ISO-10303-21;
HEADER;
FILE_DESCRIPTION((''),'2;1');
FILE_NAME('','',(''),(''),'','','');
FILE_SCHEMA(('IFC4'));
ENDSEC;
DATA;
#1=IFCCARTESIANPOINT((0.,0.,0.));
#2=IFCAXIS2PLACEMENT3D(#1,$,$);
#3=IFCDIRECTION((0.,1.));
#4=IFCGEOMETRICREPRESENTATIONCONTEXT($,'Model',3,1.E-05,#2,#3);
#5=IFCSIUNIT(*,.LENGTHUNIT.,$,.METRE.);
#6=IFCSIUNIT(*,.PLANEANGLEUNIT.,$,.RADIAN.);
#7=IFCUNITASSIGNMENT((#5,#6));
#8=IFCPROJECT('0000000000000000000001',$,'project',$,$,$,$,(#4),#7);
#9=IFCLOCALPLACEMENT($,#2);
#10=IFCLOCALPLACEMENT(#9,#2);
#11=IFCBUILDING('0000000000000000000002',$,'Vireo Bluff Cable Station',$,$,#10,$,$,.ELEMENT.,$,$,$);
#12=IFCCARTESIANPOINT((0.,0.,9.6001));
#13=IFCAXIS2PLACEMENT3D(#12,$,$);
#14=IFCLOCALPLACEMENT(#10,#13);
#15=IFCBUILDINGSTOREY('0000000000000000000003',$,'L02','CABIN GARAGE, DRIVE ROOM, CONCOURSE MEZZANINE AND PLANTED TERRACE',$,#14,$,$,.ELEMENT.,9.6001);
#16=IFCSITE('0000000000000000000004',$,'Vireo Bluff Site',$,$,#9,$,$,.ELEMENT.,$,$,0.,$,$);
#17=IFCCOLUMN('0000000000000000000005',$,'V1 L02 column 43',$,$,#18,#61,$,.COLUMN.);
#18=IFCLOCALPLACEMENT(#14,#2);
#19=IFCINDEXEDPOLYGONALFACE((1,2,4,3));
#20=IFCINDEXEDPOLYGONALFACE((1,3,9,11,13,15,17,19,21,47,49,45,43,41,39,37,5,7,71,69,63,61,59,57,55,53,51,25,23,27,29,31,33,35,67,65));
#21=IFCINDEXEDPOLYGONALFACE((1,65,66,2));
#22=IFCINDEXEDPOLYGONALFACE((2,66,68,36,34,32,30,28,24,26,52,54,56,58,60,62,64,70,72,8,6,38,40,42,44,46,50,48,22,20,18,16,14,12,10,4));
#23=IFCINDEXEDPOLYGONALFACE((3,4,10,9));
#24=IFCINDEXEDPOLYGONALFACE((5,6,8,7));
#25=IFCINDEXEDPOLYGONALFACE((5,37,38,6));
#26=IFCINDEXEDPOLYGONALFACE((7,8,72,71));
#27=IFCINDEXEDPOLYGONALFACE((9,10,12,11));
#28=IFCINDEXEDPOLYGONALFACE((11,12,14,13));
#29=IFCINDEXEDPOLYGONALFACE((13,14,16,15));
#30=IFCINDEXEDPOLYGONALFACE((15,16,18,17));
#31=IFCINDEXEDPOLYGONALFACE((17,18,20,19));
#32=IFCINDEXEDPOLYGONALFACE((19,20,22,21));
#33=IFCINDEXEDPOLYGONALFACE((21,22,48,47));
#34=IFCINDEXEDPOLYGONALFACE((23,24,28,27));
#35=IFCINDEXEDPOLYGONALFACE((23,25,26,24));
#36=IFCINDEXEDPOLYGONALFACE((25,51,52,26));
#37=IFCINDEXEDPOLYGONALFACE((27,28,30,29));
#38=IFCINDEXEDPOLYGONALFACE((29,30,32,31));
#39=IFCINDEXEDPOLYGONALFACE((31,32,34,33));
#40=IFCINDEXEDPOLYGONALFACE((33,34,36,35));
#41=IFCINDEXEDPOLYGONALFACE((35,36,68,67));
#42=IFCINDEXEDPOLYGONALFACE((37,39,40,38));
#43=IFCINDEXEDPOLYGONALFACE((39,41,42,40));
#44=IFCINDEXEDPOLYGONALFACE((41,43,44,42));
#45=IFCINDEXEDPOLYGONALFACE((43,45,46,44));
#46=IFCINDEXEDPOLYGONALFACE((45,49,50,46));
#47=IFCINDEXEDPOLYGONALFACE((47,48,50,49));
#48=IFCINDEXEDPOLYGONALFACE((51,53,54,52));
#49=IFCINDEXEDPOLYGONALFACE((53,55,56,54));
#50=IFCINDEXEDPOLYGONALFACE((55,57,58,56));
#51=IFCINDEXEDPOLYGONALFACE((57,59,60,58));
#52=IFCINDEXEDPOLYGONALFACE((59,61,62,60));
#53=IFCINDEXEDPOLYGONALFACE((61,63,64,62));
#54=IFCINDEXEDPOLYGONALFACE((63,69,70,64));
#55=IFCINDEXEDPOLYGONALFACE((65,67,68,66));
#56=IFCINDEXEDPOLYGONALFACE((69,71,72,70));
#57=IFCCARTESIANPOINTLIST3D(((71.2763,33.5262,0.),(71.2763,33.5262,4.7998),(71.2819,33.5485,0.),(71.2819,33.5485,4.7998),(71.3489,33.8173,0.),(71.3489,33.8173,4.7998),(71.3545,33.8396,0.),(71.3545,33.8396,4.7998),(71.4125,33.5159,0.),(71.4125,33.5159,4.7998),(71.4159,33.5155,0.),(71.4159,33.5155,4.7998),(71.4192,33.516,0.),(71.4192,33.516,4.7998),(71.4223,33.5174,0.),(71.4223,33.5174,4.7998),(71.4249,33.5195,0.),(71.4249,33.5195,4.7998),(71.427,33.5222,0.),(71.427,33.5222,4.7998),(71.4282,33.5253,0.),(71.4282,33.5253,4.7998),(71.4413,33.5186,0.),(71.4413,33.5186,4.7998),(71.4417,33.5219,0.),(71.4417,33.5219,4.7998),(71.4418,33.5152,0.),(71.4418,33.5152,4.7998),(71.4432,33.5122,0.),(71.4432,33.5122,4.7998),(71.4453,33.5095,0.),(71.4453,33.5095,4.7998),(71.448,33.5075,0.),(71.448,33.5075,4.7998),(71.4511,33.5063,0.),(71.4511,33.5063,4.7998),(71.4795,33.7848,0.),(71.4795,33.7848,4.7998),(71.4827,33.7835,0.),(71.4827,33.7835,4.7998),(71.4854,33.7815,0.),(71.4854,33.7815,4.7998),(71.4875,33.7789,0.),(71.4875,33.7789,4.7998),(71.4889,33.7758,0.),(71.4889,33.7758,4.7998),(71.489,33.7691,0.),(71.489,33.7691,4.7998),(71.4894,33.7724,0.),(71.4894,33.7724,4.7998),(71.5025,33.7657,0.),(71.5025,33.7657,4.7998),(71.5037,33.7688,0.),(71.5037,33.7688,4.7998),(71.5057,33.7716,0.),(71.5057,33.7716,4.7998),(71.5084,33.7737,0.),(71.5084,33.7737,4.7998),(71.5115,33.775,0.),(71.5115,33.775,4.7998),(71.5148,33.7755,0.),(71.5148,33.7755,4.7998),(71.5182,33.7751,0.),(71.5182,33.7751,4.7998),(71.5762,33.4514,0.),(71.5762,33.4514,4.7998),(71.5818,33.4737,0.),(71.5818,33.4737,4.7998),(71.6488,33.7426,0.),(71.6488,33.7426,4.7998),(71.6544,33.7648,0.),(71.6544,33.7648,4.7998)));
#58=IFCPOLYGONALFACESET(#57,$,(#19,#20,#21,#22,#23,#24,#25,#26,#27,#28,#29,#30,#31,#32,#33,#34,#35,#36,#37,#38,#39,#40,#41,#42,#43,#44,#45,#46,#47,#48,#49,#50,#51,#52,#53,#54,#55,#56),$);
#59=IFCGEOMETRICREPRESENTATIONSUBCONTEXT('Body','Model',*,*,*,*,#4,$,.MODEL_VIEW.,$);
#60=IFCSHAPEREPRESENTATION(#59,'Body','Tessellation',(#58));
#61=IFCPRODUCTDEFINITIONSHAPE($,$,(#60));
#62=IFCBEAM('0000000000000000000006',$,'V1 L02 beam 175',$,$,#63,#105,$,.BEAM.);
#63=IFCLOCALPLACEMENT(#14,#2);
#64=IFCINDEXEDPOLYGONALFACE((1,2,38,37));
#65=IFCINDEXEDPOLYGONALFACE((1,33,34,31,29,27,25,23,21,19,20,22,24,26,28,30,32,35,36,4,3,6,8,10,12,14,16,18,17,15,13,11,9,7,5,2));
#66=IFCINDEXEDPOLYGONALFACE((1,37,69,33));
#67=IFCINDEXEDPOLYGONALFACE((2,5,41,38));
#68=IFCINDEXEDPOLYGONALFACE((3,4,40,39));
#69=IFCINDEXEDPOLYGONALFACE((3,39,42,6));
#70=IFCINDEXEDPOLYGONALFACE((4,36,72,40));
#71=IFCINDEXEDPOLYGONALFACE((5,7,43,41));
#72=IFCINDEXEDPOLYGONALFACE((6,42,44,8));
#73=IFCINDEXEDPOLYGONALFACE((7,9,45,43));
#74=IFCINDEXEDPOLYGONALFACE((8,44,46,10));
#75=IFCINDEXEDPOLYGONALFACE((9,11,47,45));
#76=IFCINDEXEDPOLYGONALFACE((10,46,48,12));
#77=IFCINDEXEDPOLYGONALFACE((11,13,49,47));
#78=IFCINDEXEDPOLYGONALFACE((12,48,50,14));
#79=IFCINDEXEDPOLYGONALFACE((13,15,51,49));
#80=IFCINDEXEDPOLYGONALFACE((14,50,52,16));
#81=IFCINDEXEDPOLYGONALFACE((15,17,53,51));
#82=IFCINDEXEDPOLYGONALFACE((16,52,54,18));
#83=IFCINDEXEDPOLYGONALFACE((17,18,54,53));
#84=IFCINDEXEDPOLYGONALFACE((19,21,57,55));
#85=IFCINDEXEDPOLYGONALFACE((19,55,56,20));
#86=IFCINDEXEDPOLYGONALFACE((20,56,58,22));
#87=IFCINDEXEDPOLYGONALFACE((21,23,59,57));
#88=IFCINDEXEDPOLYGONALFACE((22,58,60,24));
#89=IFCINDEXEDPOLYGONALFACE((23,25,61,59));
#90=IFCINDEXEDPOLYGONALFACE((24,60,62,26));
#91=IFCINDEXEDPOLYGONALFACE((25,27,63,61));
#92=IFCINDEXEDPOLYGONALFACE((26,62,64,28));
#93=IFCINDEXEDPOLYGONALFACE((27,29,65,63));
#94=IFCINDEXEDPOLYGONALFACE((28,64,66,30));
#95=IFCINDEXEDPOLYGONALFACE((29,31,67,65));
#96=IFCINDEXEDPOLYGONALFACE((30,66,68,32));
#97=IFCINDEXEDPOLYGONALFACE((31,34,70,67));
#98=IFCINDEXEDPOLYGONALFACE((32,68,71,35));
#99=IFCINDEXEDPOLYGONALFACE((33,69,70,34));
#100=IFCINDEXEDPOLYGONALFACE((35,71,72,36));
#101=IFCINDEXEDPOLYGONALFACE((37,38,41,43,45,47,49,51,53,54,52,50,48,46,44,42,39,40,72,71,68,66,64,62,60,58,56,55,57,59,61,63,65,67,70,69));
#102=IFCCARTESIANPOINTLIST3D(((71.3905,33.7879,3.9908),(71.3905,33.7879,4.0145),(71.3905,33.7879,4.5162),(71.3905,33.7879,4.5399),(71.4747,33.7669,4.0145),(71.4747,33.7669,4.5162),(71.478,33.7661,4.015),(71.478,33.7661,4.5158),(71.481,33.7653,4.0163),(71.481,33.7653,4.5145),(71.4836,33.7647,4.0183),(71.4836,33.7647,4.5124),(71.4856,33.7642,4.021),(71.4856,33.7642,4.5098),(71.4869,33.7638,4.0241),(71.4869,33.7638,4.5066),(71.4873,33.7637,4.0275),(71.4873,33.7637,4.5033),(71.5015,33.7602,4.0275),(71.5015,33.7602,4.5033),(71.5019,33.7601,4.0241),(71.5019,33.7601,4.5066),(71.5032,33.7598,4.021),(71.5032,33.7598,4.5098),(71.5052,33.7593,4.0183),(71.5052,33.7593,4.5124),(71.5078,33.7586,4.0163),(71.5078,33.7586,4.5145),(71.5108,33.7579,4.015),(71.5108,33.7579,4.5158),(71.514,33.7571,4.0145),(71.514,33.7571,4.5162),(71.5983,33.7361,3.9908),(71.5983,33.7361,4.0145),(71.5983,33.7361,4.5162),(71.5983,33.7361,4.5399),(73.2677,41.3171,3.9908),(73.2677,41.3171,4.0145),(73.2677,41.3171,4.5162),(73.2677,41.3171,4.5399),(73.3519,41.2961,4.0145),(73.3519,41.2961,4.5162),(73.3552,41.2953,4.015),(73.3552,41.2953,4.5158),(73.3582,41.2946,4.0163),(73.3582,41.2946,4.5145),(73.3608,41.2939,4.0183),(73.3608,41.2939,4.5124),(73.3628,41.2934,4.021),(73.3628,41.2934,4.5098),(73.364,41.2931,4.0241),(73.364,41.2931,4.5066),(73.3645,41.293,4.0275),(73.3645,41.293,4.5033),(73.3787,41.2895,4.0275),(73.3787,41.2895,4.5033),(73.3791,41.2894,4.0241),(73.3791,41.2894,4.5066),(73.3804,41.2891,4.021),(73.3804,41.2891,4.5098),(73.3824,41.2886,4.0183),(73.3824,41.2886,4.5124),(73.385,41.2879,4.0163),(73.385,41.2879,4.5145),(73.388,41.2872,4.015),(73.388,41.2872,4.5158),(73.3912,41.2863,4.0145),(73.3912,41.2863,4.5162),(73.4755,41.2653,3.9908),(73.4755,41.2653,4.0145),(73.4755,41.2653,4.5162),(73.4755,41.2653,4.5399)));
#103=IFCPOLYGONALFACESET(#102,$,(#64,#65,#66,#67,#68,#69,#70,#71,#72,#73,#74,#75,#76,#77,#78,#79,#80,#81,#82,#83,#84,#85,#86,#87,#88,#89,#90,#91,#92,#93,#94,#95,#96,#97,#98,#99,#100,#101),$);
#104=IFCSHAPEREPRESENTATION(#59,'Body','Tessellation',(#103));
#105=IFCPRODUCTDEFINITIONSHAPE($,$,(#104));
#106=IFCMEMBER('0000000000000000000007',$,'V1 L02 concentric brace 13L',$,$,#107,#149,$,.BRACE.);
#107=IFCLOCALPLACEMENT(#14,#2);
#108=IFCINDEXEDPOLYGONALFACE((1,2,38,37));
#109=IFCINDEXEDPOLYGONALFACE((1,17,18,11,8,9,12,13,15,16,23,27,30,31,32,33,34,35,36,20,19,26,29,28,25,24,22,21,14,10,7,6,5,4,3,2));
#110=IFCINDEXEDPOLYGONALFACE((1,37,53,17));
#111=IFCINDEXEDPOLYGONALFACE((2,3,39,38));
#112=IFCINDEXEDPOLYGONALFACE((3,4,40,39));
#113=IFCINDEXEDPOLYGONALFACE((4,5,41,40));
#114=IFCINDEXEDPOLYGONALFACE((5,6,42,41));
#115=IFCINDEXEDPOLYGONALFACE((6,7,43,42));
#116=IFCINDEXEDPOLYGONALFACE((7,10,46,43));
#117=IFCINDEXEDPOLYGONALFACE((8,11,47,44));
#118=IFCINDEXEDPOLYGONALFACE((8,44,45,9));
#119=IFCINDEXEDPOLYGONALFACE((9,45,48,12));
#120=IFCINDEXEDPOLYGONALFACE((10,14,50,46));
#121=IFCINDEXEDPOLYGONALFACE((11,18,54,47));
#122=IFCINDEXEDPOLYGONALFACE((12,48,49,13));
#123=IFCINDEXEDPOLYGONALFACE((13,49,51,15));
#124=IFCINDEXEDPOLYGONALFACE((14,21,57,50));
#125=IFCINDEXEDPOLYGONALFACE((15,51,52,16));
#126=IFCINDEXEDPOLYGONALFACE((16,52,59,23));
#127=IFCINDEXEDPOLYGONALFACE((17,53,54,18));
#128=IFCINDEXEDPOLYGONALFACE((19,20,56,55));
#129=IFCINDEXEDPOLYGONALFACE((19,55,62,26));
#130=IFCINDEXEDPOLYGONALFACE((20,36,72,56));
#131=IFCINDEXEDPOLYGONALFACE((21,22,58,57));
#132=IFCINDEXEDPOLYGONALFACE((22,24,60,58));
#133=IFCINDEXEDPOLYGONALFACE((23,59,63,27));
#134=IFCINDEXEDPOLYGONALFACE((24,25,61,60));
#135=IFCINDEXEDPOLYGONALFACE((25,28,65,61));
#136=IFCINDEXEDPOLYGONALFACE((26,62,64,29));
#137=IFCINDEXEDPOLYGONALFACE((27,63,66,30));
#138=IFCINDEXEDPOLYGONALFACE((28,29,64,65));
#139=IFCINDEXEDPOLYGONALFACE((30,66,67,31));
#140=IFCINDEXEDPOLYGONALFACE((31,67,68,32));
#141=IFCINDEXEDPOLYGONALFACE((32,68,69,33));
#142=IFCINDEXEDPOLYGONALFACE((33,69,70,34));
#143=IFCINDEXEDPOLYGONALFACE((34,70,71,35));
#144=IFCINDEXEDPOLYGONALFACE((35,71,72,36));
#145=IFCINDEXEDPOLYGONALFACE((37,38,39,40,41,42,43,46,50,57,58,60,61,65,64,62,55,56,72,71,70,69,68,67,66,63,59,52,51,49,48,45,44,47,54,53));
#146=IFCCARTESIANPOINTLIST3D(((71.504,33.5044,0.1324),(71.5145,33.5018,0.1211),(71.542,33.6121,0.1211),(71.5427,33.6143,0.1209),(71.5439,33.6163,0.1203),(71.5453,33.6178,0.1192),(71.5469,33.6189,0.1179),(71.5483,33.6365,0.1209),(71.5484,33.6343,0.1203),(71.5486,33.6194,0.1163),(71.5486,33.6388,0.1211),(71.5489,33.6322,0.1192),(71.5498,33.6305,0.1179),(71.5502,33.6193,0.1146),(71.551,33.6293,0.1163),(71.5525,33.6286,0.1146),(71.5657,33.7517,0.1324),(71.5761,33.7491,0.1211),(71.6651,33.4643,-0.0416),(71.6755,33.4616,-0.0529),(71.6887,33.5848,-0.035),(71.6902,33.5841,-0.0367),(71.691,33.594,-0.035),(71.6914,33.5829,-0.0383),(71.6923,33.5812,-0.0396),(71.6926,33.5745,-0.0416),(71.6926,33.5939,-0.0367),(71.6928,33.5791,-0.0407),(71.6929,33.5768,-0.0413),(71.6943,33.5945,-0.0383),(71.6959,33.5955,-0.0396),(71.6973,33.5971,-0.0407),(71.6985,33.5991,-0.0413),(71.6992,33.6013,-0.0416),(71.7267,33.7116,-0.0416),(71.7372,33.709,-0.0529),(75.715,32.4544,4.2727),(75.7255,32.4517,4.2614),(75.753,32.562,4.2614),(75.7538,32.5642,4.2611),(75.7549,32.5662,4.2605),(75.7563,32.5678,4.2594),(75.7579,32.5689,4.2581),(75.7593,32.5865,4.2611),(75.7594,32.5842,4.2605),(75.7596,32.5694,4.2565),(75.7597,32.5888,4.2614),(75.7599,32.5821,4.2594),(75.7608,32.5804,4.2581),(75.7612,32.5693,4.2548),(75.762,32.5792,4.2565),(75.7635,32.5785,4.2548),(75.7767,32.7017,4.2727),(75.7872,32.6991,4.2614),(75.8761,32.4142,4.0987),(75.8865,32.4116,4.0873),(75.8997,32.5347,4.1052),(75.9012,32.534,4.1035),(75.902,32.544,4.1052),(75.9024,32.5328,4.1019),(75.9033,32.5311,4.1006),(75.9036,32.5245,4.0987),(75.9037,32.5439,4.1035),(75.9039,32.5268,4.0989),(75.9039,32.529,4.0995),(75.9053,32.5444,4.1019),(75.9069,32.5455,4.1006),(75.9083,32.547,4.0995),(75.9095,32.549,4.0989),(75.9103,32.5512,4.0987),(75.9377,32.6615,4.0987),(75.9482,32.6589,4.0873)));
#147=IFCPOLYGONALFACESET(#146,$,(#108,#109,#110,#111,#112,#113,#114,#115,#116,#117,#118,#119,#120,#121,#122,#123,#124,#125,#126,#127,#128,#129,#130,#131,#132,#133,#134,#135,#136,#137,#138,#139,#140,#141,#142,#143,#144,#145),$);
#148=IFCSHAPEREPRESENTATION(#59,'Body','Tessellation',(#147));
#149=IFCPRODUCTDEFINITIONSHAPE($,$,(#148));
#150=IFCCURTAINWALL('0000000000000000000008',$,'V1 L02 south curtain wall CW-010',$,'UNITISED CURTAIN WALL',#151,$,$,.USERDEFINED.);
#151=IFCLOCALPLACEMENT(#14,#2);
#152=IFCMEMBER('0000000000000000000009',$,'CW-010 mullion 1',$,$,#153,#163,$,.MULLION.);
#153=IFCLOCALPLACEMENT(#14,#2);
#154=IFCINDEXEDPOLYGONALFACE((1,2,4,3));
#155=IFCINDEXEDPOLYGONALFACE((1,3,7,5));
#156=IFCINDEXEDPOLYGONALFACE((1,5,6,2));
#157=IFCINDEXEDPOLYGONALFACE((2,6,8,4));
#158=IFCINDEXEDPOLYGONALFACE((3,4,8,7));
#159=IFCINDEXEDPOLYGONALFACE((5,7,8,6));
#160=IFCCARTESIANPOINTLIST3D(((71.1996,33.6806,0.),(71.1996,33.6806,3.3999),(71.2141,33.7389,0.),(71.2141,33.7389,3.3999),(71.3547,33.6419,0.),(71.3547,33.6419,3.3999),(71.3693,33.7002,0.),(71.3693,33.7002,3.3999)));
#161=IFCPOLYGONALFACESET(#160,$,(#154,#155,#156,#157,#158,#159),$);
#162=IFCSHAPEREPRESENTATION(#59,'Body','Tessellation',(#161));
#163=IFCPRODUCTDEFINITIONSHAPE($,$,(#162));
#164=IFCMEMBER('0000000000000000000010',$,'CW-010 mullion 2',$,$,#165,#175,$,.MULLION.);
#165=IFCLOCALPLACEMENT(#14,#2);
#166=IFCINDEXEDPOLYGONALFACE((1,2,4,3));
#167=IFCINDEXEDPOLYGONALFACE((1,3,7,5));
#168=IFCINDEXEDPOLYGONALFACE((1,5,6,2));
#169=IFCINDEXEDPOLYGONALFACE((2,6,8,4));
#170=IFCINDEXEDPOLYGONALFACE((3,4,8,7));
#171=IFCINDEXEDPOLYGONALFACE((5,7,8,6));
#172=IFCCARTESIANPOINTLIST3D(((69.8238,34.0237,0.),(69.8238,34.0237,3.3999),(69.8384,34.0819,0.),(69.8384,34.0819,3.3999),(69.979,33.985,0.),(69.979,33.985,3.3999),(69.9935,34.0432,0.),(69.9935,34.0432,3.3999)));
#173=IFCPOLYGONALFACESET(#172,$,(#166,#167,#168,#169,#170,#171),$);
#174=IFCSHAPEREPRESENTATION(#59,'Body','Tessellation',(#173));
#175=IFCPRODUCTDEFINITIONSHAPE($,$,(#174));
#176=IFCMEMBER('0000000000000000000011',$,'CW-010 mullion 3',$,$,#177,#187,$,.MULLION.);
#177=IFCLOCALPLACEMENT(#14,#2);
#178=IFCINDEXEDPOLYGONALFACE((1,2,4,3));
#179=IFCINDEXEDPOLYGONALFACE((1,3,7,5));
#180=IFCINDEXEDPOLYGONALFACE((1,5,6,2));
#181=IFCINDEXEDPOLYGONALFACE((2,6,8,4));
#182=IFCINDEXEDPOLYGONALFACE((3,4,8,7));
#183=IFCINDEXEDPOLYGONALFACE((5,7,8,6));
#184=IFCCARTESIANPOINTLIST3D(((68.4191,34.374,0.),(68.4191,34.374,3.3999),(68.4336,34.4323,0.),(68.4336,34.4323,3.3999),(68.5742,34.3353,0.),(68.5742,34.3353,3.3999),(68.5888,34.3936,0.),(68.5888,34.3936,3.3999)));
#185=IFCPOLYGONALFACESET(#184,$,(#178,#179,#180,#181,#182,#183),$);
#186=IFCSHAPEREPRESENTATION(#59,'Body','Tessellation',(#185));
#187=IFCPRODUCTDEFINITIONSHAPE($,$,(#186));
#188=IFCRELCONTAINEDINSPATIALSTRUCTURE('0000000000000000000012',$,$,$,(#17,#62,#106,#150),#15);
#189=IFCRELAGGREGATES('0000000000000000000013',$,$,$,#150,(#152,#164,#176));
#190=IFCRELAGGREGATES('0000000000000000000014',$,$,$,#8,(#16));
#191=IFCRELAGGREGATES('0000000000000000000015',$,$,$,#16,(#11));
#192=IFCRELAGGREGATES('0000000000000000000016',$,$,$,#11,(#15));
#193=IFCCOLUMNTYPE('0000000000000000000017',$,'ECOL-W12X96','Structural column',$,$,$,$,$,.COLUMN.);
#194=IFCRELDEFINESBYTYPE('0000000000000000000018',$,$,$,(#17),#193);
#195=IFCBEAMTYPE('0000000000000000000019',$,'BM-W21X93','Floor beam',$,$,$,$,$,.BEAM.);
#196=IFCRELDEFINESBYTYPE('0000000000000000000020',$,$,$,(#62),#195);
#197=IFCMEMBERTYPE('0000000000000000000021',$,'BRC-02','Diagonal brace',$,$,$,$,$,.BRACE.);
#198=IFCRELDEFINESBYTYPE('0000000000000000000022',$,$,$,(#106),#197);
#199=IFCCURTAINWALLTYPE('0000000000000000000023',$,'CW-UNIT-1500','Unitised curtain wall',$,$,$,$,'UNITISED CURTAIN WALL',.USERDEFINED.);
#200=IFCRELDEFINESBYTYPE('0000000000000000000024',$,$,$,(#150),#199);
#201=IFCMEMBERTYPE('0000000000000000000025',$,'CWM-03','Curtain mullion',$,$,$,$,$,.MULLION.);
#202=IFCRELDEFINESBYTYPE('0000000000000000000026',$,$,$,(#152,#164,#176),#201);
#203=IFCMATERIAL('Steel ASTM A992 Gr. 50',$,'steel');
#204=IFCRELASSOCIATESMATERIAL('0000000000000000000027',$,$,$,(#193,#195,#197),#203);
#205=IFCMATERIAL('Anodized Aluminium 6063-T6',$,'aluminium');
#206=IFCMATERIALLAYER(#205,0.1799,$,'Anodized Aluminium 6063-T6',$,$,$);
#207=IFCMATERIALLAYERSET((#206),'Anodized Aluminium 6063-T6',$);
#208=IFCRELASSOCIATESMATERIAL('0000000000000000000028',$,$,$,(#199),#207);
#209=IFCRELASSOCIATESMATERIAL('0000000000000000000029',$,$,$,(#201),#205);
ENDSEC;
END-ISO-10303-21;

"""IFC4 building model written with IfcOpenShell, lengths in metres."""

from ifc_helpers import new_model, si_unit, direction, frame, origin, origin_2d, place, context, subcontext, project, spatial, rectangle, i_section, extrude, material, layer, layer_set, material_profile, profile_set, type_object, element, aggregate, save


model = new_model("IFC4")

# Units and contexts
model_context = context("Model", 3, precision=1e-05, world=origin(), true_north=direction((0.0, 1.0)))
body_context = subcontext(model_context, "Body", "Model", "MODEL_VIEW")
ifc_project = project(units=[si_unit("LENGTHUNIT", "METRE"), si_unit("PLANEANGLEUNIT", "RADIAN")], contexts=[model_context])

# Site, building, storey
site_placement = place(None, origin())
site = spatial("IfcSite", under=ifc_project, at=site_placement, Name="Vireo Bluff Site", CompositionType="ELEMENT", RefElevation=0.0)
building_placement = place(site_placement, origin())
building = spatial("IfcBuilding", under=site, at=building_placement, Name="Vireo Bluff Cable Station", CompositionType="ELEMENT")
storey_placement = place(building_placement, frame((0.0, 0.0, 9.6001)))
storey = spatial("IfcBuildingStorey", under=building, at=storey_placement, Name="L02", Description="CABIN GARAGE, DRIVE ROOM, CONCOURSE MEZZANINE AND PLANTED TERRACE", CompositionType="ELEMENT", Elevation=9.6001)

# Column
ifc_material_1 = material(Name="Steel ASTM A992 Gr. 50", Category="steel")
ifc_material_profile_1 = material_profile(ifc_material_1, i_section(OverallWidth=0.3091, OverallDepth=0.323, WebThickness=0.0139, FlangeThickness=0.0229, FilletRadius=0.0129, at=origin_2d()), Name="W12X96")
ifc_profile_set_1 = profile_set([ifc_material_profile_1], Name="Steel ASTM A992 Gr. 50")
column_type = type_object("IfcColumnType", Name="ECOL-W12X96", Description="Structural column", PredefinedType="COLUMN", material=ifc_profile_set_1)
column_placement = place(storey_placement, frame((71.4653, 33.6455, 0.0), z_axis=(0.0, 0.0, 1.0), x_axis=(0.970296, -0.241922, 0.0)))
element("IfcColumn", 1, at=column_placement, inside=storey, type_object=column_type, Name="V1 L02 column 43", PredefinedType="COLUMN", context=body_context, shape_type="SweptSolid", body=[
    extrude(i_section(OverallWidth=0.3091, OverallDepth=0.323, WebThickness=0.0139, FlangeThickness=0.0229, FilletRadius=0.0129, at=origin_2d()), origin(), (0.0, 0.0, 1.0), 4.7998),
])

# Beam
ifc_material_profile_2 = material_profile(ifc_material_1, i_section(OverallWidth=0.2141, OverallDepth=0.5491, WebThickness=0.0146, FlangeThickness=0.0237, FilletRadius=0.0129, at=origin_2d()), Name="W21X93")
ifc_profile_set_2 = profile_set([ifc_material_profile_2], Name="Steel ASTM A992 Gr. 50")
beam_type_1 = type_object("IfcBeamType", Name="BM-W21X93", Description="Floor beam", PredefinedType="BEAM", material=ifc_profile_set_2)
beam_1_placement = place(storey_placement, frame((71.4944, 33.762, 4.2654), z_axis=(0.241914, 0.970298, 0.0), x_axis=(-0.970298, 0.241914, 0.0)))
element("IfcBeam", 2, at=beam_1_placement, inside=storey, type_object=beam_type_1, Name="V1 L02 beam 175", PredefinedType="BEAM", context=body_context, shape_type="SweptSolid", body=[
    extrude(i_section(OverallWidth=0.2141, OverallDepth=0.5491, WebThickness=0.0146, FlangeThickness=0.0237, FilletRadius=0.0129, at=origin_2d()), origin(), (0.0, 0.0, 1.0), 7.7598),
])

# Member
ifc_material_profile_3 = material_profile(ifc_material_1, i_section(OverallWidth=0.2549, OverallDepth=0.2561, WebThickness=0.0095, FlangeThickness=0.0156, FilletRadius=0.009, at=origin_2d()), Name="W10X54")
ifc_profile_set_3 = profile_set([ifc_material_profile_3], Name="Steel ASTM A992 Gr. 50")
member_type_1 = type_object("IfcMemberType", Name="BRC-02", Description="Diagonal brace", PredefinedType="BRACE", material=ifc_profile_set_3)
member_1_placement = place(storey_placement, frame((71.6206, 33.6067, 0.0398), z_axis=(0.702064, -0.175068, 0.690259), x_axis=(0.241953, 0.970288, 0.0)))
element("IfcMember", 3, at=member_1_placement, inside=storey, type_object=member_type_1, Name="V1 L02 concentric brace 13L", PredefinedType="BRACE", context=body_context, shape_type="SweptSolid", body=[
    extrude(i_section(OverallWidth=0.2549, OverallDepth=0.2561, WebThickness=0.0095, FlangeThickness=0.0156, FilletRadius=0.009, at=origin_2d()), origin(), (0.0, 0.0, 1.0), 5.998),
])

# Curtain wall, members
ifc_material_2 = material(Name="Anodized Aluminium 6063-T6", Category="aluminium")
ifc_layer_1 = layer(ifc_material_2, 0.1799, Name="Anodized Aluminium 6063-T6")
ifc_layer_set_1 = layer_set([ifc_layer_1], Name="Anodized Aluminium 6063-T6")
curtain_wall_type = type_object("IfcCurtainWallType", Name="CW-UNIT-1500", Description="Unitised curtain wall", ElementType="UNITISED CURTAIN WALL", PredefinedType="USERDEFINED", material=ifc_layer_set_1)
curtain_wall_placement = place(storey_placement, origin())
curtain_wall = element("IfcCurtainWall", 4, at=curtain_wall_placement, inside=storey, type_object=curtain_wall_type, Name="V1 L02 south curtain wall CW-010", ObjectType="UNITISED CURTAIN WALL", PredefinedType="USERDEFINED")
ifc_material_profile_4 = material_profile(ifc_material_2, rectangle(XDim=0.0601, YDim=0.1599, at=origin_2d()), Name="ALU-M-60X160")
ifc_profile_set_4 = profile_set([ifc_material_profile_4], Name="Anodized Aluminium 6063-T6")
member_type_2 = type_object("IfcMemberType", Name="CWM-03", Description="Curtain mullion", PredefinedType="MULLION", material=ifc_profile_set_4)
member_2_placement = place(storey_placement, frame((71.2844, 33.6904, 0.0), z_axis=(0.0, 0.0, 1.0), x_axis=(-0.241922, -0.970296, 0.0)))
member_2 = element("IfcMember", 5, at=member_2_placement, type_object=member_type_2, Name="CW-010 mullion 1", PredefinedType="MULLION", context=body_context, shape_type="SweptSolid", body=[
    extrude(rectangle(XDim=0.0601, YDim=0.1599, at=origin_2d()), origin(), (0.0, 0.0, 1.0), 3.3999),
])
member_3_placement = place(storey_placement, frame((69.9087, 34.0334, 0.0), z_axis=(0.0, 0.0, 1.0), x_axis=(-0.241922, -0.970296, 0.0)))
member_3 = element("IfcMember", 6, at=member_3_placement, type_object=member_type_2, Name="CW-010 mullion 2", PredefinedType="MULLION", context=body_context, shape_type="SweptSolid", body=[
    extrude(rectangle(XDim=0.0601, YDim=0.1599, at=origin_2d()), origin(), (0.0, 0.0, 1.0), 3.3999),
])
member_4_placement = place(storey_placement, frame((68.5039, 34.3838, 0.0), z_axis=(0.0, 0.0, 1.0), x_axis=(-0.241922, -0.970296, 0.0)))
member_4 = element("IfcMember", 7, at=member_4_placement, type_object=member_type_2, Name="CW-010 mullion 3", PredefinedType="MULLION", context=body_context, shape_type="SweptSolid", body=[
    extrude(rectangle(XDim=0.0601, YDim=0.1599, at=origin_2d()), origin(), (0.0, 0.0, 1.0), 3.3999),
])

aggregate(curtain_wall, [member_2, member_3, member_4])

save(model, "model.ifc")
